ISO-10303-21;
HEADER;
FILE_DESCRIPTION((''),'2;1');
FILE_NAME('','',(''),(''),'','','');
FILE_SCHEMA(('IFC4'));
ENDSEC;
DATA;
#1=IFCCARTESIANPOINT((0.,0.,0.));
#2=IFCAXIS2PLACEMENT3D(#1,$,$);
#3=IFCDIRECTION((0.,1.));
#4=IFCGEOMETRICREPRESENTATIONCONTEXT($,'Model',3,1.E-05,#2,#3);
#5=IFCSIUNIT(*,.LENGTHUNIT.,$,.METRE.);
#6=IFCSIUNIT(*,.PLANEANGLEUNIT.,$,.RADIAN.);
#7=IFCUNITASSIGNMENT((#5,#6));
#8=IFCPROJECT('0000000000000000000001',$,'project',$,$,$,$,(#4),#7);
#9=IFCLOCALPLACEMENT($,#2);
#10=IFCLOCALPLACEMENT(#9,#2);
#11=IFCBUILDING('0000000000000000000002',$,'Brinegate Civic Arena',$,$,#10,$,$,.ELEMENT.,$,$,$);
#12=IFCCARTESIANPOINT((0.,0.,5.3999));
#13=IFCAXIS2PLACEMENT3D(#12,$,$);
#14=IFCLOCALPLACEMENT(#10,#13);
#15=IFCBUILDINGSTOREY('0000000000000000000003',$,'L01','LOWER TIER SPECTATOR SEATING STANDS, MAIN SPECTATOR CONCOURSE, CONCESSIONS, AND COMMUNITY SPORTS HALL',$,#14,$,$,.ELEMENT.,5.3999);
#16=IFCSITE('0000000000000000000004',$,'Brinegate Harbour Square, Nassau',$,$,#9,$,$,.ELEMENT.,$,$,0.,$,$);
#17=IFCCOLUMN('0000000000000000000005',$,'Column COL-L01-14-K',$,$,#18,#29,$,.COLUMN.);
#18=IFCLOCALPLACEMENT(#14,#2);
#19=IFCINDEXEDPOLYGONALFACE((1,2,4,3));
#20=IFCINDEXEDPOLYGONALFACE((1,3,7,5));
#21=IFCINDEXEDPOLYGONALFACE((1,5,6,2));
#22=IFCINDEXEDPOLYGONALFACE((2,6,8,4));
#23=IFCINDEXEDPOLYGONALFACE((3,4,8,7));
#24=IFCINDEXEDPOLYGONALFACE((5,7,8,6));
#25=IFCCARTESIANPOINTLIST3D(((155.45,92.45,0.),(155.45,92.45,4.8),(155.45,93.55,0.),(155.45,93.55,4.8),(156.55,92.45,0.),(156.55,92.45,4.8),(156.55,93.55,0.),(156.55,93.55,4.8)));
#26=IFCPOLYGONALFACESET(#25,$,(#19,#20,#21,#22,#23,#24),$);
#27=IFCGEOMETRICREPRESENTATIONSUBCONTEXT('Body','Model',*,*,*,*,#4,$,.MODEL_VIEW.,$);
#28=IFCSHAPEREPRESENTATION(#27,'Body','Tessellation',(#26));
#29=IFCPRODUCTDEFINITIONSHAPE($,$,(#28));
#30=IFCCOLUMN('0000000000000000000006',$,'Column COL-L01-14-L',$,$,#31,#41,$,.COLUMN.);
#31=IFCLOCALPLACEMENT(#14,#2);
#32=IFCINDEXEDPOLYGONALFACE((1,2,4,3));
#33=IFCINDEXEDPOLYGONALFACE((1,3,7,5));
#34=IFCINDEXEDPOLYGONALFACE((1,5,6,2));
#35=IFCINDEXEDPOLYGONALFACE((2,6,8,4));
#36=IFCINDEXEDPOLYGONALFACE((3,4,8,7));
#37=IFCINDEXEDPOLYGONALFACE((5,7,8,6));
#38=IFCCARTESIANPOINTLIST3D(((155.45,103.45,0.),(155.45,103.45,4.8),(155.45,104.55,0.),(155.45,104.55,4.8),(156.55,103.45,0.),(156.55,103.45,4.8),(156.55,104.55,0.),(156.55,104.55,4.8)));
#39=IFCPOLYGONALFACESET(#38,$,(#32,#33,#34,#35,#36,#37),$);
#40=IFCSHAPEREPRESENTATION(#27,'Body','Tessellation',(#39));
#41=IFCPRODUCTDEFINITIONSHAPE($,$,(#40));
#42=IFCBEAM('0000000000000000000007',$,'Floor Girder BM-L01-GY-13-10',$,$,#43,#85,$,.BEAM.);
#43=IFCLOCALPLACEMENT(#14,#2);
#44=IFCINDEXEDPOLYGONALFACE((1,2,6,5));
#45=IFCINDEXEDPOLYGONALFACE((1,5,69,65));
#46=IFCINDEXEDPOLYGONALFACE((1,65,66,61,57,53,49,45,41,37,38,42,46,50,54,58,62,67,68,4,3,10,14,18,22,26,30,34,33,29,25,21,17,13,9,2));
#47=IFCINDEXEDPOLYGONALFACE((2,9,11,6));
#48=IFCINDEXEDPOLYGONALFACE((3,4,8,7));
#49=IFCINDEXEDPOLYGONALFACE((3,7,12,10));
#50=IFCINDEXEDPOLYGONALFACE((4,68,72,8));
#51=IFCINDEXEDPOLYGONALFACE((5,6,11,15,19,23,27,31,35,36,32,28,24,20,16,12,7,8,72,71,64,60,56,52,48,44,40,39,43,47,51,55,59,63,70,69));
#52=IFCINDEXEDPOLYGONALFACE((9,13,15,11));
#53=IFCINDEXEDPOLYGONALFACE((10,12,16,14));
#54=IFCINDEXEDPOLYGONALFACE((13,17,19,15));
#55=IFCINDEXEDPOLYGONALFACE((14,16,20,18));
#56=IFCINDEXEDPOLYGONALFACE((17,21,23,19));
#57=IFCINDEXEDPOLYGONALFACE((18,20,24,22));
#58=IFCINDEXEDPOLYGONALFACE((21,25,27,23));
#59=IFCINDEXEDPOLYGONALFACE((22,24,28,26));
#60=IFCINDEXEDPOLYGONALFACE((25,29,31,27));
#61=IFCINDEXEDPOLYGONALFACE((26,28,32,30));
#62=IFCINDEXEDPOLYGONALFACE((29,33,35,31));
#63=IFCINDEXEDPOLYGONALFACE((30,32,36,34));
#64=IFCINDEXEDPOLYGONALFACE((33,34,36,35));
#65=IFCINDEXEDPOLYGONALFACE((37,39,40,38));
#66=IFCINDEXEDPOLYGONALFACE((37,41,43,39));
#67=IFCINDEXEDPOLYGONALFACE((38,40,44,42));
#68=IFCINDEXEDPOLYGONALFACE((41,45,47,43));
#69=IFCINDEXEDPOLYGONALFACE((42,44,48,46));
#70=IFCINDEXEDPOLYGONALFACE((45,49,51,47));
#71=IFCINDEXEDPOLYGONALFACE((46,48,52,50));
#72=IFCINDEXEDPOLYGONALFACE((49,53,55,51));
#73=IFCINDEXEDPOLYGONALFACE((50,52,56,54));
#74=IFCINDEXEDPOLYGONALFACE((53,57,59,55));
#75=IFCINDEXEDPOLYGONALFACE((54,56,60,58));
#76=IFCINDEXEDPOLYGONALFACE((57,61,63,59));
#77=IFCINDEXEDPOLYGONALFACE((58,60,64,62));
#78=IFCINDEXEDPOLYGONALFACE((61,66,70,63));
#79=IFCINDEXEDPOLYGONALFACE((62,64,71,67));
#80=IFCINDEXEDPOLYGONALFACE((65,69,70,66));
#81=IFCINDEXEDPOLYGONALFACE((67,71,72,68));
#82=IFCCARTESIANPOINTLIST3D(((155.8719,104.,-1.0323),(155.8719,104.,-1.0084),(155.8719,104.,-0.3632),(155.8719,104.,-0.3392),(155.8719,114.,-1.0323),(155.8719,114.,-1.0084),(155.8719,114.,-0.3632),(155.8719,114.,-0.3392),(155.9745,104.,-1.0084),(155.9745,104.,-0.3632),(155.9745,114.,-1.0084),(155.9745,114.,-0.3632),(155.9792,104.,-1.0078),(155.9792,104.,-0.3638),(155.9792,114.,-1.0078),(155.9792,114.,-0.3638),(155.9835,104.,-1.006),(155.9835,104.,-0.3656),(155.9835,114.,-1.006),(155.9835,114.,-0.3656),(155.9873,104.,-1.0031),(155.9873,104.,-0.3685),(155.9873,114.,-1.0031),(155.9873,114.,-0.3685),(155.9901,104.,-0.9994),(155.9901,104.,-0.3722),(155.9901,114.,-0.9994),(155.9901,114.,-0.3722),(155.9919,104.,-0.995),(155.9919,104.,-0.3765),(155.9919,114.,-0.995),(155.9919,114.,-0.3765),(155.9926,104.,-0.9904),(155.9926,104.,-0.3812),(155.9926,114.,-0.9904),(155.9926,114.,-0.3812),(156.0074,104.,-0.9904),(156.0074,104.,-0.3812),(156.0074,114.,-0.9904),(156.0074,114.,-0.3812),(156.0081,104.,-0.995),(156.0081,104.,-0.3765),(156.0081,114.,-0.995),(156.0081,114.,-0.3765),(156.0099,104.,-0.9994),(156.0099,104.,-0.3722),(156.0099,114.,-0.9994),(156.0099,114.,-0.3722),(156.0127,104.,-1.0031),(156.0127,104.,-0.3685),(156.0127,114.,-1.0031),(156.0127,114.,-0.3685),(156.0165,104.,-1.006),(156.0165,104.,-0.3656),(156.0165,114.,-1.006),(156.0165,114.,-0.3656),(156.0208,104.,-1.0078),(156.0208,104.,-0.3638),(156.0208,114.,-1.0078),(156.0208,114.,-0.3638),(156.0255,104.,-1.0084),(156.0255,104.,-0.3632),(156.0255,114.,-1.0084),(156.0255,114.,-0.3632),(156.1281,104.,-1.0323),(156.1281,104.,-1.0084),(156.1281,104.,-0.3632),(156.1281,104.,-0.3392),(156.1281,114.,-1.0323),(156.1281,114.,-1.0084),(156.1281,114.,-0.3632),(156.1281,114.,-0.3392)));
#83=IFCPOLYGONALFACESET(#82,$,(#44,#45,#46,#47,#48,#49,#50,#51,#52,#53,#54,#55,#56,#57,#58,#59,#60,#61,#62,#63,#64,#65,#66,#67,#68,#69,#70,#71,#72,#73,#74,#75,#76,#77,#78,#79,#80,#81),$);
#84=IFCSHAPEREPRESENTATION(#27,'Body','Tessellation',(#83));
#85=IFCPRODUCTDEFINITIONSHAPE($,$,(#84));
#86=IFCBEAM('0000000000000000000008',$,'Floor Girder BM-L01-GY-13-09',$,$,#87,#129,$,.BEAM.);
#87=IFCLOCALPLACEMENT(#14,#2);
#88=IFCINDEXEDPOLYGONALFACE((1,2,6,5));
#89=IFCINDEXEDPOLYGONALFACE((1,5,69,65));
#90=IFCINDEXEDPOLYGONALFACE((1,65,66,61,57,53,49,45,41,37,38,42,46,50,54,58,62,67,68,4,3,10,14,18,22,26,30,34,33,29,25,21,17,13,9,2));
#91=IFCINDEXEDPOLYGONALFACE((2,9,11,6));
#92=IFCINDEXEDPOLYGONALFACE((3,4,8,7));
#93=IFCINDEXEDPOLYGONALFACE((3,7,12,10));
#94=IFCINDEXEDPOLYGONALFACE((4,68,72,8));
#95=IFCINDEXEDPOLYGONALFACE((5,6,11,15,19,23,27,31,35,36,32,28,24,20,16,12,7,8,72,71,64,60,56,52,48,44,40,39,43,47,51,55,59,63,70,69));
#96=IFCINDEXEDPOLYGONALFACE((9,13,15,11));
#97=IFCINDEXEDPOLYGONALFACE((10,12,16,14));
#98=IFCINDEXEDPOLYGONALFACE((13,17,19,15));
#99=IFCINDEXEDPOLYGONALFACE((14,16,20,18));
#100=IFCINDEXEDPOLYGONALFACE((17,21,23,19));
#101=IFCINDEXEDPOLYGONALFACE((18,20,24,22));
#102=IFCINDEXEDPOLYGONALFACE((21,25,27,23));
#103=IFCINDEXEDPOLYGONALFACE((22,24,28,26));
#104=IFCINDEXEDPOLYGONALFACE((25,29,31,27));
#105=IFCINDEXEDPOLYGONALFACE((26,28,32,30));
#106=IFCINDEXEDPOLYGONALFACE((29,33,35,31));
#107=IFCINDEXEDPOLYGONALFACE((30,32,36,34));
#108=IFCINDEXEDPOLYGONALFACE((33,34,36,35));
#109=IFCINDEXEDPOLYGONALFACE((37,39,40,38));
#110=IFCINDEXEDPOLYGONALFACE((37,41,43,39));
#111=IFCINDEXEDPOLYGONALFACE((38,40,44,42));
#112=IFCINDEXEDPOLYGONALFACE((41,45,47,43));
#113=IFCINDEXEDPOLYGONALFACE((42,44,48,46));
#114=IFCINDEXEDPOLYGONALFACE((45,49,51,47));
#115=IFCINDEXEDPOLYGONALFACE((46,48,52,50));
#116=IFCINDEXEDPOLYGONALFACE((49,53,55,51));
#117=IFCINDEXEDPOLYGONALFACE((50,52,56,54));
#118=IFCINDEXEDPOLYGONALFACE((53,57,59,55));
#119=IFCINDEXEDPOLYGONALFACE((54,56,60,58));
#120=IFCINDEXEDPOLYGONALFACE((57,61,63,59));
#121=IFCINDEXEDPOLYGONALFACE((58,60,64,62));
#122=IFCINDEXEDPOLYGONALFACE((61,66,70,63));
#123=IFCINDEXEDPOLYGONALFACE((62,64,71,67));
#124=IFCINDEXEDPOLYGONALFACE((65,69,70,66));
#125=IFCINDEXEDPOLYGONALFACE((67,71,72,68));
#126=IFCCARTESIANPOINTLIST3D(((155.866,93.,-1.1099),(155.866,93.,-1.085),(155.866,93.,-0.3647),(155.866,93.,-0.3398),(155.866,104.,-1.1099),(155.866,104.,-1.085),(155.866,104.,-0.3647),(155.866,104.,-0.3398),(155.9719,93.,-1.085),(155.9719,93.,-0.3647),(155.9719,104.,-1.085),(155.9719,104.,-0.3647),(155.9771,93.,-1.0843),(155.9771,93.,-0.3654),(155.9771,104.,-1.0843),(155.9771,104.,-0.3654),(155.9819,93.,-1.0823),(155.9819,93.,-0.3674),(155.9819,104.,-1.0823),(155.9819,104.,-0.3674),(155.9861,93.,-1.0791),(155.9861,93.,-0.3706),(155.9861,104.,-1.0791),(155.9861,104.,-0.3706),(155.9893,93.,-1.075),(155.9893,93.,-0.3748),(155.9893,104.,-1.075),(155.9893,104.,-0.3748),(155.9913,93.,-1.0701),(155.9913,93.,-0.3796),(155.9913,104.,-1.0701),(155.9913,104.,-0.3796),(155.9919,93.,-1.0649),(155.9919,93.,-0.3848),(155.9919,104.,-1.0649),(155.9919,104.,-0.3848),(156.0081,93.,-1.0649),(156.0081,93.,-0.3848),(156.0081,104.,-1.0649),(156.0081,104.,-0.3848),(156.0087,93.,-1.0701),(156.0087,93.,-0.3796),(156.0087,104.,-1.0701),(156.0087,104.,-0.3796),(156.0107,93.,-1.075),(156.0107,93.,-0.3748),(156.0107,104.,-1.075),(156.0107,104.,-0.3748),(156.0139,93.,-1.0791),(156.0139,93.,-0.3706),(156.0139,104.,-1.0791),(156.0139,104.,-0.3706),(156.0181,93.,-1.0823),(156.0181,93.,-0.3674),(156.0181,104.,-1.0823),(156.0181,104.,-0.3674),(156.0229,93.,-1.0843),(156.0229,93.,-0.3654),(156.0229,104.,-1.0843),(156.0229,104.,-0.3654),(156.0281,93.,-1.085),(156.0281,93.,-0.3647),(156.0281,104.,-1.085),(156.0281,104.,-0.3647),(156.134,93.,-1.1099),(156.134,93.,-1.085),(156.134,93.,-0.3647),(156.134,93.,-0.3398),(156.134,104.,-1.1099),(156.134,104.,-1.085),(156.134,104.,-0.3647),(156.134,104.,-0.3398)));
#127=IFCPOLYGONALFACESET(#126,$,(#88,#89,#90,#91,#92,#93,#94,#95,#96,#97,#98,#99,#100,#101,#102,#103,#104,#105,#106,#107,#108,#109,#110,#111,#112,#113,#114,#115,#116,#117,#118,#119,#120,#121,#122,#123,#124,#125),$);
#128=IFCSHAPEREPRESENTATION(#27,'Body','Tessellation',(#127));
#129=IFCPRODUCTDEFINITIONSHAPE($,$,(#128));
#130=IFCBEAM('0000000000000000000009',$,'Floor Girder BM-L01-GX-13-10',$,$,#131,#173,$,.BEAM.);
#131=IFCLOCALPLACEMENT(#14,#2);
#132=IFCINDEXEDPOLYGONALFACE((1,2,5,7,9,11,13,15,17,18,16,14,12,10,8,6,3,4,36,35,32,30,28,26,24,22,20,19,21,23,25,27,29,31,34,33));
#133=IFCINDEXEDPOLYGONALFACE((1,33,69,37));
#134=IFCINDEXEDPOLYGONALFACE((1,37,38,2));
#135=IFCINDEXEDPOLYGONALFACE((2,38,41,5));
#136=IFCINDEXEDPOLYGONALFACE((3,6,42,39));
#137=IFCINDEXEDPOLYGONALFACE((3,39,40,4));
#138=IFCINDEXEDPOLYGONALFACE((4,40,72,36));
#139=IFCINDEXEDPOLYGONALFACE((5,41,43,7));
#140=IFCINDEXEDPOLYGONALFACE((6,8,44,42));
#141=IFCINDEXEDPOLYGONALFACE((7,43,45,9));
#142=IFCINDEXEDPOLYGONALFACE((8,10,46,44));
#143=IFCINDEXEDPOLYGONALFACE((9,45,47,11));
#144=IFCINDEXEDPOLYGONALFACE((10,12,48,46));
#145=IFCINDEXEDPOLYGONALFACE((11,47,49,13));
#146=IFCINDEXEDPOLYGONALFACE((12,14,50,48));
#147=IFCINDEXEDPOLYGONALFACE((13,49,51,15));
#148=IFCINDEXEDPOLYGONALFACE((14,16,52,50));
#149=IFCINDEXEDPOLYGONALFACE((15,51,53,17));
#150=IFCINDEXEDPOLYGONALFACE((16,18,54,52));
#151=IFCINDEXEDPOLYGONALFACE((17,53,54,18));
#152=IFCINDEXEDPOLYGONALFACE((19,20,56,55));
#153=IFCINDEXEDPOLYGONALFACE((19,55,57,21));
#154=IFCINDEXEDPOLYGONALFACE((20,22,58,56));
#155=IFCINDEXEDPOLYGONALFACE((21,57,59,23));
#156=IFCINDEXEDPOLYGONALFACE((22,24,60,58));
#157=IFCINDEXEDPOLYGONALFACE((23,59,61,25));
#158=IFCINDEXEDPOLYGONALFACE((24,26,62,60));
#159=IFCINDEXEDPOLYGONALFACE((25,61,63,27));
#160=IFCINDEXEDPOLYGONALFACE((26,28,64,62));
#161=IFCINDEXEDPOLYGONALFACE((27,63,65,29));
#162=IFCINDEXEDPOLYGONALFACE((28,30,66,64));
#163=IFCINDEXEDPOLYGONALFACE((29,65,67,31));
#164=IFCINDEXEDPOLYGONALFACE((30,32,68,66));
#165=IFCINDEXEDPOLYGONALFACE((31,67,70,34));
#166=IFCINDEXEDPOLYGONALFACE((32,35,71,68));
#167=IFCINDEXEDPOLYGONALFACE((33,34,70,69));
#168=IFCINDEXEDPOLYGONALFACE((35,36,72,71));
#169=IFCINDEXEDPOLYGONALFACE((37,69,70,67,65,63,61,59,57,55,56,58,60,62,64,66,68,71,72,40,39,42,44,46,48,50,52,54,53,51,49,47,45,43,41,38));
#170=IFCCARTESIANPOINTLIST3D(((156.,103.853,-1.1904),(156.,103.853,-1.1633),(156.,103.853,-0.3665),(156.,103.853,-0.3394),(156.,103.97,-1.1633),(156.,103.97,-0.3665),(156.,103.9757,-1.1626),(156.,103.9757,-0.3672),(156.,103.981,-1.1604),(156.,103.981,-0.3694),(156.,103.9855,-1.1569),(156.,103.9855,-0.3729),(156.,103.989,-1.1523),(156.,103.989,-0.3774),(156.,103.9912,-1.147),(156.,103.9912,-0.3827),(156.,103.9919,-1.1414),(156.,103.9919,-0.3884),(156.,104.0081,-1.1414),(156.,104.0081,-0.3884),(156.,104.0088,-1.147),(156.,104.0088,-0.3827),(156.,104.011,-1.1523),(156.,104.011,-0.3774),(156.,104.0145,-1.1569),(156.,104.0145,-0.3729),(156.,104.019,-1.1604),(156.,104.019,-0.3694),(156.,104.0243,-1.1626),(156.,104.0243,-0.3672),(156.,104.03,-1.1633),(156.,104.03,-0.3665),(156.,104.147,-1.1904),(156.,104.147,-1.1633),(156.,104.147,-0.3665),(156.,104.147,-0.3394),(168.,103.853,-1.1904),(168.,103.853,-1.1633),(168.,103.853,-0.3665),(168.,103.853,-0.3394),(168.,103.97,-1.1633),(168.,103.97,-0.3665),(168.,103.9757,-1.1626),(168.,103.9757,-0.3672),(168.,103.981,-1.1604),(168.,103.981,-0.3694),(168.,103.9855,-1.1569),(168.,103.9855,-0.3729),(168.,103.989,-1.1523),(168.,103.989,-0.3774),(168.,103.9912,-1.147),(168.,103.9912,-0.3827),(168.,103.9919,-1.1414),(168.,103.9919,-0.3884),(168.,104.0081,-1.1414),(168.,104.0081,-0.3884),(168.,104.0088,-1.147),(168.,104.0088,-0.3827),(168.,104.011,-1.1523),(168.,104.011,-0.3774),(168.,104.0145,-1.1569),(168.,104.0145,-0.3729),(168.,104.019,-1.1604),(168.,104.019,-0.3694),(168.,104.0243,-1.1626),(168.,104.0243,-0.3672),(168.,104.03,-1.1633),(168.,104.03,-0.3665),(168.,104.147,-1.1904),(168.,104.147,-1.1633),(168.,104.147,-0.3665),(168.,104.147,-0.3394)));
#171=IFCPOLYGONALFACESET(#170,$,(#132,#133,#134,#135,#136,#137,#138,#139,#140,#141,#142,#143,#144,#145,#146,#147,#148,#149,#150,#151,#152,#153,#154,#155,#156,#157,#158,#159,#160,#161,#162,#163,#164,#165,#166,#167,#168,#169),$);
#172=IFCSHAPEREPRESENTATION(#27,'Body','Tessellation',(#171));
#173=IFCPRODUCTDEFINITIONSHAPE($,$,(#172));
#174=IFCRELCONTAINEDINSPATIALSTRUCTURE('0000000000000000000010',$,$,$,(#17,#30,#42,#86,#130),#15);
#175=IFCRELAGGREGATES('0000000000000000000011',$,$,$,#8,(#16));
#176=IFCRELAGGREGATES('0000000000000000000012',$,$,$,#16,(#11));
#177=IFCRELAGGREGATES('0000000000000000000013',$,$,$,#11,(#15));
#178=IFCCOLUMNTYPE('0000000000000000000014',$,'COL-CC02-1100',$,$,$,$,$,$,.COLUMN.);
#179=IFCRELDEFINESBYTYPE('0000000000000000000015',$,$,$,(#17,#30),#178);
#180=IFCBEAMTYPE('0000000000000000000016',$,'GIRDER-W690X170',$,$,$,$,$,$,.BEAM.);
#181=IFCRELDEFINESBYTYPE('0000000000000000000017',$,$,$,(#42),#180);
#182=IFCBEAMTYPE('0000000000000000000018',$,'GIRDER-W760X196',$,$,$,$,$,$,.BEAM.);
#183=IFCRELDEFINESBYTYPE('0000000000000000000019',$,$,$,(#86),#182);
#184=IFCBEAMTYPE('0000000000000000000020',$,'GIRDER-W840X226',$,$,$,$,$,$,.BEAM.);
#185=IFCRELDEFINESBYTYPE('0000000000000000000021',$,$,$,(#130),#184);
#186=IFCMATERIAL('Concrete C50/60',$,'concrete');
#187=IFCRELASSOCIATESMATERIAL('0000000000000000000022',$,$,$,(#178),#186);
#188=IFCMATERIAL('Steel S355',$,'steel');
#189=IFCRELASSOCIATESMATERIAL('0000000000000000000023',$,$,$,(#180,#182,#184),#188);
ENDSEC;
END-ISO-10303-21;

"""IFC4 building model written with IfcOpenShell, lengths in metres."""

from ifc_helpers import new_model, si_unit, direction, frame, origin, origin_2d, place, context, subcontext, project, spatial, rectangle, i_section, extrude, material, material_profile, profile_set, type_object, element, save


model = new_model("IFC4")

# Units and contexts
model_context = context("Model", 3, precision=1e-05, world=origin(), true_north=direction((0.0, 1.0)))
body_context = subcontext(model_context, "Body", "Model", "MODEL_VIEW")
ifc_project = project(units=[si_unit("LENGTHUNIT", "METRE"), si_unit("PLANEANGLEUNIT", "RADIAN")], contexts=[model_context])

# Site, building, storey
site_placement = place(None, origin())
site = spatial("IfcSite", under=ifc_project, at=site_placement, Name="Brinegate Harbour Square, Nassau", CompositionType="ELEMENT", RefElevation=0.0)
building_placement = place(site_placement, origin())
building = spatial("IfcBuilding", under=site, at=building_placement, Name="Brinegate Civic Arena", CompositionType="ELEMENT")
storey_placement = place(building_placement, frame((0.0, 0.0, 5.3999)))
storey = spatial("IfcBuildingStorey", under=building, at=storey_placement, Name="L01", Description="LOWER TIER SPECTATOR SEATING STANDS, MAIN SPECTATOR CONCOURSE, CONCESSIONS, AND COMMUNITY SPORTS HALL", CompositionType="ELEMENT", Elevation=5.3999)

# Columns
ifc_material_1 = material(Name="Concrete C50/60", Category="concrete")
ifc_material_profile_1 = material_profile(ifc_material_1, rectangle(XDim=1.1001, YDim=1.1001, at=origin_2d()), Name="RC1100X1100")
ifc_profile_set_1 = profile_set([ifc_material_profile_1], Name="Concrete C50/60")
column_type = type_object("IfcColumnType", Name="COL-CC02-1100", PredefinedType="COLUMN", material=ifc_profile_set_1)
for number, where, z_axis, x_axis, name in (
    (1, (156.0, 93.0, 0.0), (0.0, 0.0, 1.0), (1.0, 0.0, 0.0), "Column COL-L01-14-K"),
    (2, (156.0, 104.0, 0.0), (0.0, 0.0, 1.0), (1.0, 0.0, 0.0), "Column COL-L01-14-L"),
):
    element("IfcColumn", number, at=place(storey_placement, frame(where, z_axis=z_axis, x_axis=x_axis)), inside=storey, type_object=column_type, Name=name, PredefinedType="COLUMN", context=body_context, shape_type="SweptSolid", body=[
        extrude(rectangle(XDim=1.1001, YDim=1.1001, at=origin_2d()), origin(), (0.0, 0.0, 1.0), 4.8),
    ])

# Beams
ifc_material_2 = material(Name="Steel S355", Category="steel")
ifc_material_profile_2 = material_profile(ifc_material_2, i_section(OverallWidth=0.2561, OverallDepth=0.6931, WebThickness=0.0149, FlangeThickness=0.0239, FilletRadius=0.0181, at=origin_2d()), Name="W690X170")
ifc_profile_set_2 = profile_set([ifc_material_profile_2], Name="Steel S355")
beam_type_1 = type_object("IfcBeamType", Name="GIRDER-W690X170", PredefinedType="BEAM", material=ifc_profile_set_2)
beam_1_placement = place(storey_placement, frame((156.0, 104.0, -0.6858), z_axis=(0.0, 1.0, 0.0), x_axis=(-1.0, 0.0, 0.0)))
element("IfcBeam", 3, at=beam_1_placement, inside=storey, type_object=beam_type_1, Name="Floor Girder BM-L01-GY-13-10", PredefinedType="BEAM", context=body_context, shape_type="SweptSolid", body=[
    extrude(i_section(OverallWidth=0.2561, OverallDepth=0.6931, WebThickness=0.0149, FlangeThickness=0.0239, FilletRadius=0.0181, at=origin_2d()), origin(), (0.0, 0.0, 1.0), 10.0),
])
ifc_material_profile_3 = material_profile(ifc_material_2, i_section(OverallWidth=0.2681, OverallDepth=0.77, WebThickness=0.0161, FlangeThickness=0.0249, FilletRadius=0.02, at=origin_2d()), Name="W760X196")
ifc_profile_set_3 = profile_set([ifc_material_profile_3], Name="Steel S355")
beam_type_2 = type_object("IfcBeamType", Name="GIRDER-W760X196", PredefinedType="BEAM", material=ifc_profile_set_3)
beam_2_placement = place(storey_placement, frame((156.0, 93.0, -0.7249), z_axis=(0.0, 1.0, 0.0), x_axis=(-1.0, 0.0, 0.0)))
element("IfcBeam", 4, at=beam_2_placement, inside=storey, type_object=beam_type_2, Name="Floor Girder BM-L01-GY-13-09", PredefinedType="BEAM", context=body_context, shape_type="SweptSolid", body=[
    extrude(i_section(OverallWidth=0.2681, OverallDepth=0.77, WebThickness=0.0161, FlangeThickness=0.0249, FilletRadius=0.02, at=origin_2d()), origin(), (0.0, 0.0, 1.0), 11.0),
])
ifc_material_profile_4 = material_profile(ifc_material_2, i_section(OverallWidth=0.2939, OverallDepth=0.8511, WebThickness=0.0161, FlangeThickness=0.0271, FilletRadius=0.022, at=origin_2d()), Name="W840X226")
ifc_profile_set_4 = profile_set([ifc_material_profile_4], Name="Steel S355")
beam_type_3 = type_object("IfcBeamType", Name="GIRDER-W840X226", PredefinedType="BEAM", material=ifc_profile_set_4)
beam_3_placement = place(storey_placement, frame((156.0, 104.0, -0.7649), z_axis=(1.0, 0.0, 0.0), x_axis=(0.0, 1.0, 0.0)))
element("IfcBeam", 5, at=beam_3_placement, inside=storey, type_object=beam_type_3, Name="Floor Girder BM-L01-GX-13-10", PredefinedType="BEAM", context=body_context, shape_type="SweptSolid", body=[
    extrude(i_section(OverallWidth=0.2939, OverallDepth=0.8511, WebThickness=0.0161, FlangeThickness=0.0271, FilletRadius=0.022, at=origin_2d()), origin(), (0.0, 0.0, 1.0), 12.0),
])

save(model, "model.ifc")
